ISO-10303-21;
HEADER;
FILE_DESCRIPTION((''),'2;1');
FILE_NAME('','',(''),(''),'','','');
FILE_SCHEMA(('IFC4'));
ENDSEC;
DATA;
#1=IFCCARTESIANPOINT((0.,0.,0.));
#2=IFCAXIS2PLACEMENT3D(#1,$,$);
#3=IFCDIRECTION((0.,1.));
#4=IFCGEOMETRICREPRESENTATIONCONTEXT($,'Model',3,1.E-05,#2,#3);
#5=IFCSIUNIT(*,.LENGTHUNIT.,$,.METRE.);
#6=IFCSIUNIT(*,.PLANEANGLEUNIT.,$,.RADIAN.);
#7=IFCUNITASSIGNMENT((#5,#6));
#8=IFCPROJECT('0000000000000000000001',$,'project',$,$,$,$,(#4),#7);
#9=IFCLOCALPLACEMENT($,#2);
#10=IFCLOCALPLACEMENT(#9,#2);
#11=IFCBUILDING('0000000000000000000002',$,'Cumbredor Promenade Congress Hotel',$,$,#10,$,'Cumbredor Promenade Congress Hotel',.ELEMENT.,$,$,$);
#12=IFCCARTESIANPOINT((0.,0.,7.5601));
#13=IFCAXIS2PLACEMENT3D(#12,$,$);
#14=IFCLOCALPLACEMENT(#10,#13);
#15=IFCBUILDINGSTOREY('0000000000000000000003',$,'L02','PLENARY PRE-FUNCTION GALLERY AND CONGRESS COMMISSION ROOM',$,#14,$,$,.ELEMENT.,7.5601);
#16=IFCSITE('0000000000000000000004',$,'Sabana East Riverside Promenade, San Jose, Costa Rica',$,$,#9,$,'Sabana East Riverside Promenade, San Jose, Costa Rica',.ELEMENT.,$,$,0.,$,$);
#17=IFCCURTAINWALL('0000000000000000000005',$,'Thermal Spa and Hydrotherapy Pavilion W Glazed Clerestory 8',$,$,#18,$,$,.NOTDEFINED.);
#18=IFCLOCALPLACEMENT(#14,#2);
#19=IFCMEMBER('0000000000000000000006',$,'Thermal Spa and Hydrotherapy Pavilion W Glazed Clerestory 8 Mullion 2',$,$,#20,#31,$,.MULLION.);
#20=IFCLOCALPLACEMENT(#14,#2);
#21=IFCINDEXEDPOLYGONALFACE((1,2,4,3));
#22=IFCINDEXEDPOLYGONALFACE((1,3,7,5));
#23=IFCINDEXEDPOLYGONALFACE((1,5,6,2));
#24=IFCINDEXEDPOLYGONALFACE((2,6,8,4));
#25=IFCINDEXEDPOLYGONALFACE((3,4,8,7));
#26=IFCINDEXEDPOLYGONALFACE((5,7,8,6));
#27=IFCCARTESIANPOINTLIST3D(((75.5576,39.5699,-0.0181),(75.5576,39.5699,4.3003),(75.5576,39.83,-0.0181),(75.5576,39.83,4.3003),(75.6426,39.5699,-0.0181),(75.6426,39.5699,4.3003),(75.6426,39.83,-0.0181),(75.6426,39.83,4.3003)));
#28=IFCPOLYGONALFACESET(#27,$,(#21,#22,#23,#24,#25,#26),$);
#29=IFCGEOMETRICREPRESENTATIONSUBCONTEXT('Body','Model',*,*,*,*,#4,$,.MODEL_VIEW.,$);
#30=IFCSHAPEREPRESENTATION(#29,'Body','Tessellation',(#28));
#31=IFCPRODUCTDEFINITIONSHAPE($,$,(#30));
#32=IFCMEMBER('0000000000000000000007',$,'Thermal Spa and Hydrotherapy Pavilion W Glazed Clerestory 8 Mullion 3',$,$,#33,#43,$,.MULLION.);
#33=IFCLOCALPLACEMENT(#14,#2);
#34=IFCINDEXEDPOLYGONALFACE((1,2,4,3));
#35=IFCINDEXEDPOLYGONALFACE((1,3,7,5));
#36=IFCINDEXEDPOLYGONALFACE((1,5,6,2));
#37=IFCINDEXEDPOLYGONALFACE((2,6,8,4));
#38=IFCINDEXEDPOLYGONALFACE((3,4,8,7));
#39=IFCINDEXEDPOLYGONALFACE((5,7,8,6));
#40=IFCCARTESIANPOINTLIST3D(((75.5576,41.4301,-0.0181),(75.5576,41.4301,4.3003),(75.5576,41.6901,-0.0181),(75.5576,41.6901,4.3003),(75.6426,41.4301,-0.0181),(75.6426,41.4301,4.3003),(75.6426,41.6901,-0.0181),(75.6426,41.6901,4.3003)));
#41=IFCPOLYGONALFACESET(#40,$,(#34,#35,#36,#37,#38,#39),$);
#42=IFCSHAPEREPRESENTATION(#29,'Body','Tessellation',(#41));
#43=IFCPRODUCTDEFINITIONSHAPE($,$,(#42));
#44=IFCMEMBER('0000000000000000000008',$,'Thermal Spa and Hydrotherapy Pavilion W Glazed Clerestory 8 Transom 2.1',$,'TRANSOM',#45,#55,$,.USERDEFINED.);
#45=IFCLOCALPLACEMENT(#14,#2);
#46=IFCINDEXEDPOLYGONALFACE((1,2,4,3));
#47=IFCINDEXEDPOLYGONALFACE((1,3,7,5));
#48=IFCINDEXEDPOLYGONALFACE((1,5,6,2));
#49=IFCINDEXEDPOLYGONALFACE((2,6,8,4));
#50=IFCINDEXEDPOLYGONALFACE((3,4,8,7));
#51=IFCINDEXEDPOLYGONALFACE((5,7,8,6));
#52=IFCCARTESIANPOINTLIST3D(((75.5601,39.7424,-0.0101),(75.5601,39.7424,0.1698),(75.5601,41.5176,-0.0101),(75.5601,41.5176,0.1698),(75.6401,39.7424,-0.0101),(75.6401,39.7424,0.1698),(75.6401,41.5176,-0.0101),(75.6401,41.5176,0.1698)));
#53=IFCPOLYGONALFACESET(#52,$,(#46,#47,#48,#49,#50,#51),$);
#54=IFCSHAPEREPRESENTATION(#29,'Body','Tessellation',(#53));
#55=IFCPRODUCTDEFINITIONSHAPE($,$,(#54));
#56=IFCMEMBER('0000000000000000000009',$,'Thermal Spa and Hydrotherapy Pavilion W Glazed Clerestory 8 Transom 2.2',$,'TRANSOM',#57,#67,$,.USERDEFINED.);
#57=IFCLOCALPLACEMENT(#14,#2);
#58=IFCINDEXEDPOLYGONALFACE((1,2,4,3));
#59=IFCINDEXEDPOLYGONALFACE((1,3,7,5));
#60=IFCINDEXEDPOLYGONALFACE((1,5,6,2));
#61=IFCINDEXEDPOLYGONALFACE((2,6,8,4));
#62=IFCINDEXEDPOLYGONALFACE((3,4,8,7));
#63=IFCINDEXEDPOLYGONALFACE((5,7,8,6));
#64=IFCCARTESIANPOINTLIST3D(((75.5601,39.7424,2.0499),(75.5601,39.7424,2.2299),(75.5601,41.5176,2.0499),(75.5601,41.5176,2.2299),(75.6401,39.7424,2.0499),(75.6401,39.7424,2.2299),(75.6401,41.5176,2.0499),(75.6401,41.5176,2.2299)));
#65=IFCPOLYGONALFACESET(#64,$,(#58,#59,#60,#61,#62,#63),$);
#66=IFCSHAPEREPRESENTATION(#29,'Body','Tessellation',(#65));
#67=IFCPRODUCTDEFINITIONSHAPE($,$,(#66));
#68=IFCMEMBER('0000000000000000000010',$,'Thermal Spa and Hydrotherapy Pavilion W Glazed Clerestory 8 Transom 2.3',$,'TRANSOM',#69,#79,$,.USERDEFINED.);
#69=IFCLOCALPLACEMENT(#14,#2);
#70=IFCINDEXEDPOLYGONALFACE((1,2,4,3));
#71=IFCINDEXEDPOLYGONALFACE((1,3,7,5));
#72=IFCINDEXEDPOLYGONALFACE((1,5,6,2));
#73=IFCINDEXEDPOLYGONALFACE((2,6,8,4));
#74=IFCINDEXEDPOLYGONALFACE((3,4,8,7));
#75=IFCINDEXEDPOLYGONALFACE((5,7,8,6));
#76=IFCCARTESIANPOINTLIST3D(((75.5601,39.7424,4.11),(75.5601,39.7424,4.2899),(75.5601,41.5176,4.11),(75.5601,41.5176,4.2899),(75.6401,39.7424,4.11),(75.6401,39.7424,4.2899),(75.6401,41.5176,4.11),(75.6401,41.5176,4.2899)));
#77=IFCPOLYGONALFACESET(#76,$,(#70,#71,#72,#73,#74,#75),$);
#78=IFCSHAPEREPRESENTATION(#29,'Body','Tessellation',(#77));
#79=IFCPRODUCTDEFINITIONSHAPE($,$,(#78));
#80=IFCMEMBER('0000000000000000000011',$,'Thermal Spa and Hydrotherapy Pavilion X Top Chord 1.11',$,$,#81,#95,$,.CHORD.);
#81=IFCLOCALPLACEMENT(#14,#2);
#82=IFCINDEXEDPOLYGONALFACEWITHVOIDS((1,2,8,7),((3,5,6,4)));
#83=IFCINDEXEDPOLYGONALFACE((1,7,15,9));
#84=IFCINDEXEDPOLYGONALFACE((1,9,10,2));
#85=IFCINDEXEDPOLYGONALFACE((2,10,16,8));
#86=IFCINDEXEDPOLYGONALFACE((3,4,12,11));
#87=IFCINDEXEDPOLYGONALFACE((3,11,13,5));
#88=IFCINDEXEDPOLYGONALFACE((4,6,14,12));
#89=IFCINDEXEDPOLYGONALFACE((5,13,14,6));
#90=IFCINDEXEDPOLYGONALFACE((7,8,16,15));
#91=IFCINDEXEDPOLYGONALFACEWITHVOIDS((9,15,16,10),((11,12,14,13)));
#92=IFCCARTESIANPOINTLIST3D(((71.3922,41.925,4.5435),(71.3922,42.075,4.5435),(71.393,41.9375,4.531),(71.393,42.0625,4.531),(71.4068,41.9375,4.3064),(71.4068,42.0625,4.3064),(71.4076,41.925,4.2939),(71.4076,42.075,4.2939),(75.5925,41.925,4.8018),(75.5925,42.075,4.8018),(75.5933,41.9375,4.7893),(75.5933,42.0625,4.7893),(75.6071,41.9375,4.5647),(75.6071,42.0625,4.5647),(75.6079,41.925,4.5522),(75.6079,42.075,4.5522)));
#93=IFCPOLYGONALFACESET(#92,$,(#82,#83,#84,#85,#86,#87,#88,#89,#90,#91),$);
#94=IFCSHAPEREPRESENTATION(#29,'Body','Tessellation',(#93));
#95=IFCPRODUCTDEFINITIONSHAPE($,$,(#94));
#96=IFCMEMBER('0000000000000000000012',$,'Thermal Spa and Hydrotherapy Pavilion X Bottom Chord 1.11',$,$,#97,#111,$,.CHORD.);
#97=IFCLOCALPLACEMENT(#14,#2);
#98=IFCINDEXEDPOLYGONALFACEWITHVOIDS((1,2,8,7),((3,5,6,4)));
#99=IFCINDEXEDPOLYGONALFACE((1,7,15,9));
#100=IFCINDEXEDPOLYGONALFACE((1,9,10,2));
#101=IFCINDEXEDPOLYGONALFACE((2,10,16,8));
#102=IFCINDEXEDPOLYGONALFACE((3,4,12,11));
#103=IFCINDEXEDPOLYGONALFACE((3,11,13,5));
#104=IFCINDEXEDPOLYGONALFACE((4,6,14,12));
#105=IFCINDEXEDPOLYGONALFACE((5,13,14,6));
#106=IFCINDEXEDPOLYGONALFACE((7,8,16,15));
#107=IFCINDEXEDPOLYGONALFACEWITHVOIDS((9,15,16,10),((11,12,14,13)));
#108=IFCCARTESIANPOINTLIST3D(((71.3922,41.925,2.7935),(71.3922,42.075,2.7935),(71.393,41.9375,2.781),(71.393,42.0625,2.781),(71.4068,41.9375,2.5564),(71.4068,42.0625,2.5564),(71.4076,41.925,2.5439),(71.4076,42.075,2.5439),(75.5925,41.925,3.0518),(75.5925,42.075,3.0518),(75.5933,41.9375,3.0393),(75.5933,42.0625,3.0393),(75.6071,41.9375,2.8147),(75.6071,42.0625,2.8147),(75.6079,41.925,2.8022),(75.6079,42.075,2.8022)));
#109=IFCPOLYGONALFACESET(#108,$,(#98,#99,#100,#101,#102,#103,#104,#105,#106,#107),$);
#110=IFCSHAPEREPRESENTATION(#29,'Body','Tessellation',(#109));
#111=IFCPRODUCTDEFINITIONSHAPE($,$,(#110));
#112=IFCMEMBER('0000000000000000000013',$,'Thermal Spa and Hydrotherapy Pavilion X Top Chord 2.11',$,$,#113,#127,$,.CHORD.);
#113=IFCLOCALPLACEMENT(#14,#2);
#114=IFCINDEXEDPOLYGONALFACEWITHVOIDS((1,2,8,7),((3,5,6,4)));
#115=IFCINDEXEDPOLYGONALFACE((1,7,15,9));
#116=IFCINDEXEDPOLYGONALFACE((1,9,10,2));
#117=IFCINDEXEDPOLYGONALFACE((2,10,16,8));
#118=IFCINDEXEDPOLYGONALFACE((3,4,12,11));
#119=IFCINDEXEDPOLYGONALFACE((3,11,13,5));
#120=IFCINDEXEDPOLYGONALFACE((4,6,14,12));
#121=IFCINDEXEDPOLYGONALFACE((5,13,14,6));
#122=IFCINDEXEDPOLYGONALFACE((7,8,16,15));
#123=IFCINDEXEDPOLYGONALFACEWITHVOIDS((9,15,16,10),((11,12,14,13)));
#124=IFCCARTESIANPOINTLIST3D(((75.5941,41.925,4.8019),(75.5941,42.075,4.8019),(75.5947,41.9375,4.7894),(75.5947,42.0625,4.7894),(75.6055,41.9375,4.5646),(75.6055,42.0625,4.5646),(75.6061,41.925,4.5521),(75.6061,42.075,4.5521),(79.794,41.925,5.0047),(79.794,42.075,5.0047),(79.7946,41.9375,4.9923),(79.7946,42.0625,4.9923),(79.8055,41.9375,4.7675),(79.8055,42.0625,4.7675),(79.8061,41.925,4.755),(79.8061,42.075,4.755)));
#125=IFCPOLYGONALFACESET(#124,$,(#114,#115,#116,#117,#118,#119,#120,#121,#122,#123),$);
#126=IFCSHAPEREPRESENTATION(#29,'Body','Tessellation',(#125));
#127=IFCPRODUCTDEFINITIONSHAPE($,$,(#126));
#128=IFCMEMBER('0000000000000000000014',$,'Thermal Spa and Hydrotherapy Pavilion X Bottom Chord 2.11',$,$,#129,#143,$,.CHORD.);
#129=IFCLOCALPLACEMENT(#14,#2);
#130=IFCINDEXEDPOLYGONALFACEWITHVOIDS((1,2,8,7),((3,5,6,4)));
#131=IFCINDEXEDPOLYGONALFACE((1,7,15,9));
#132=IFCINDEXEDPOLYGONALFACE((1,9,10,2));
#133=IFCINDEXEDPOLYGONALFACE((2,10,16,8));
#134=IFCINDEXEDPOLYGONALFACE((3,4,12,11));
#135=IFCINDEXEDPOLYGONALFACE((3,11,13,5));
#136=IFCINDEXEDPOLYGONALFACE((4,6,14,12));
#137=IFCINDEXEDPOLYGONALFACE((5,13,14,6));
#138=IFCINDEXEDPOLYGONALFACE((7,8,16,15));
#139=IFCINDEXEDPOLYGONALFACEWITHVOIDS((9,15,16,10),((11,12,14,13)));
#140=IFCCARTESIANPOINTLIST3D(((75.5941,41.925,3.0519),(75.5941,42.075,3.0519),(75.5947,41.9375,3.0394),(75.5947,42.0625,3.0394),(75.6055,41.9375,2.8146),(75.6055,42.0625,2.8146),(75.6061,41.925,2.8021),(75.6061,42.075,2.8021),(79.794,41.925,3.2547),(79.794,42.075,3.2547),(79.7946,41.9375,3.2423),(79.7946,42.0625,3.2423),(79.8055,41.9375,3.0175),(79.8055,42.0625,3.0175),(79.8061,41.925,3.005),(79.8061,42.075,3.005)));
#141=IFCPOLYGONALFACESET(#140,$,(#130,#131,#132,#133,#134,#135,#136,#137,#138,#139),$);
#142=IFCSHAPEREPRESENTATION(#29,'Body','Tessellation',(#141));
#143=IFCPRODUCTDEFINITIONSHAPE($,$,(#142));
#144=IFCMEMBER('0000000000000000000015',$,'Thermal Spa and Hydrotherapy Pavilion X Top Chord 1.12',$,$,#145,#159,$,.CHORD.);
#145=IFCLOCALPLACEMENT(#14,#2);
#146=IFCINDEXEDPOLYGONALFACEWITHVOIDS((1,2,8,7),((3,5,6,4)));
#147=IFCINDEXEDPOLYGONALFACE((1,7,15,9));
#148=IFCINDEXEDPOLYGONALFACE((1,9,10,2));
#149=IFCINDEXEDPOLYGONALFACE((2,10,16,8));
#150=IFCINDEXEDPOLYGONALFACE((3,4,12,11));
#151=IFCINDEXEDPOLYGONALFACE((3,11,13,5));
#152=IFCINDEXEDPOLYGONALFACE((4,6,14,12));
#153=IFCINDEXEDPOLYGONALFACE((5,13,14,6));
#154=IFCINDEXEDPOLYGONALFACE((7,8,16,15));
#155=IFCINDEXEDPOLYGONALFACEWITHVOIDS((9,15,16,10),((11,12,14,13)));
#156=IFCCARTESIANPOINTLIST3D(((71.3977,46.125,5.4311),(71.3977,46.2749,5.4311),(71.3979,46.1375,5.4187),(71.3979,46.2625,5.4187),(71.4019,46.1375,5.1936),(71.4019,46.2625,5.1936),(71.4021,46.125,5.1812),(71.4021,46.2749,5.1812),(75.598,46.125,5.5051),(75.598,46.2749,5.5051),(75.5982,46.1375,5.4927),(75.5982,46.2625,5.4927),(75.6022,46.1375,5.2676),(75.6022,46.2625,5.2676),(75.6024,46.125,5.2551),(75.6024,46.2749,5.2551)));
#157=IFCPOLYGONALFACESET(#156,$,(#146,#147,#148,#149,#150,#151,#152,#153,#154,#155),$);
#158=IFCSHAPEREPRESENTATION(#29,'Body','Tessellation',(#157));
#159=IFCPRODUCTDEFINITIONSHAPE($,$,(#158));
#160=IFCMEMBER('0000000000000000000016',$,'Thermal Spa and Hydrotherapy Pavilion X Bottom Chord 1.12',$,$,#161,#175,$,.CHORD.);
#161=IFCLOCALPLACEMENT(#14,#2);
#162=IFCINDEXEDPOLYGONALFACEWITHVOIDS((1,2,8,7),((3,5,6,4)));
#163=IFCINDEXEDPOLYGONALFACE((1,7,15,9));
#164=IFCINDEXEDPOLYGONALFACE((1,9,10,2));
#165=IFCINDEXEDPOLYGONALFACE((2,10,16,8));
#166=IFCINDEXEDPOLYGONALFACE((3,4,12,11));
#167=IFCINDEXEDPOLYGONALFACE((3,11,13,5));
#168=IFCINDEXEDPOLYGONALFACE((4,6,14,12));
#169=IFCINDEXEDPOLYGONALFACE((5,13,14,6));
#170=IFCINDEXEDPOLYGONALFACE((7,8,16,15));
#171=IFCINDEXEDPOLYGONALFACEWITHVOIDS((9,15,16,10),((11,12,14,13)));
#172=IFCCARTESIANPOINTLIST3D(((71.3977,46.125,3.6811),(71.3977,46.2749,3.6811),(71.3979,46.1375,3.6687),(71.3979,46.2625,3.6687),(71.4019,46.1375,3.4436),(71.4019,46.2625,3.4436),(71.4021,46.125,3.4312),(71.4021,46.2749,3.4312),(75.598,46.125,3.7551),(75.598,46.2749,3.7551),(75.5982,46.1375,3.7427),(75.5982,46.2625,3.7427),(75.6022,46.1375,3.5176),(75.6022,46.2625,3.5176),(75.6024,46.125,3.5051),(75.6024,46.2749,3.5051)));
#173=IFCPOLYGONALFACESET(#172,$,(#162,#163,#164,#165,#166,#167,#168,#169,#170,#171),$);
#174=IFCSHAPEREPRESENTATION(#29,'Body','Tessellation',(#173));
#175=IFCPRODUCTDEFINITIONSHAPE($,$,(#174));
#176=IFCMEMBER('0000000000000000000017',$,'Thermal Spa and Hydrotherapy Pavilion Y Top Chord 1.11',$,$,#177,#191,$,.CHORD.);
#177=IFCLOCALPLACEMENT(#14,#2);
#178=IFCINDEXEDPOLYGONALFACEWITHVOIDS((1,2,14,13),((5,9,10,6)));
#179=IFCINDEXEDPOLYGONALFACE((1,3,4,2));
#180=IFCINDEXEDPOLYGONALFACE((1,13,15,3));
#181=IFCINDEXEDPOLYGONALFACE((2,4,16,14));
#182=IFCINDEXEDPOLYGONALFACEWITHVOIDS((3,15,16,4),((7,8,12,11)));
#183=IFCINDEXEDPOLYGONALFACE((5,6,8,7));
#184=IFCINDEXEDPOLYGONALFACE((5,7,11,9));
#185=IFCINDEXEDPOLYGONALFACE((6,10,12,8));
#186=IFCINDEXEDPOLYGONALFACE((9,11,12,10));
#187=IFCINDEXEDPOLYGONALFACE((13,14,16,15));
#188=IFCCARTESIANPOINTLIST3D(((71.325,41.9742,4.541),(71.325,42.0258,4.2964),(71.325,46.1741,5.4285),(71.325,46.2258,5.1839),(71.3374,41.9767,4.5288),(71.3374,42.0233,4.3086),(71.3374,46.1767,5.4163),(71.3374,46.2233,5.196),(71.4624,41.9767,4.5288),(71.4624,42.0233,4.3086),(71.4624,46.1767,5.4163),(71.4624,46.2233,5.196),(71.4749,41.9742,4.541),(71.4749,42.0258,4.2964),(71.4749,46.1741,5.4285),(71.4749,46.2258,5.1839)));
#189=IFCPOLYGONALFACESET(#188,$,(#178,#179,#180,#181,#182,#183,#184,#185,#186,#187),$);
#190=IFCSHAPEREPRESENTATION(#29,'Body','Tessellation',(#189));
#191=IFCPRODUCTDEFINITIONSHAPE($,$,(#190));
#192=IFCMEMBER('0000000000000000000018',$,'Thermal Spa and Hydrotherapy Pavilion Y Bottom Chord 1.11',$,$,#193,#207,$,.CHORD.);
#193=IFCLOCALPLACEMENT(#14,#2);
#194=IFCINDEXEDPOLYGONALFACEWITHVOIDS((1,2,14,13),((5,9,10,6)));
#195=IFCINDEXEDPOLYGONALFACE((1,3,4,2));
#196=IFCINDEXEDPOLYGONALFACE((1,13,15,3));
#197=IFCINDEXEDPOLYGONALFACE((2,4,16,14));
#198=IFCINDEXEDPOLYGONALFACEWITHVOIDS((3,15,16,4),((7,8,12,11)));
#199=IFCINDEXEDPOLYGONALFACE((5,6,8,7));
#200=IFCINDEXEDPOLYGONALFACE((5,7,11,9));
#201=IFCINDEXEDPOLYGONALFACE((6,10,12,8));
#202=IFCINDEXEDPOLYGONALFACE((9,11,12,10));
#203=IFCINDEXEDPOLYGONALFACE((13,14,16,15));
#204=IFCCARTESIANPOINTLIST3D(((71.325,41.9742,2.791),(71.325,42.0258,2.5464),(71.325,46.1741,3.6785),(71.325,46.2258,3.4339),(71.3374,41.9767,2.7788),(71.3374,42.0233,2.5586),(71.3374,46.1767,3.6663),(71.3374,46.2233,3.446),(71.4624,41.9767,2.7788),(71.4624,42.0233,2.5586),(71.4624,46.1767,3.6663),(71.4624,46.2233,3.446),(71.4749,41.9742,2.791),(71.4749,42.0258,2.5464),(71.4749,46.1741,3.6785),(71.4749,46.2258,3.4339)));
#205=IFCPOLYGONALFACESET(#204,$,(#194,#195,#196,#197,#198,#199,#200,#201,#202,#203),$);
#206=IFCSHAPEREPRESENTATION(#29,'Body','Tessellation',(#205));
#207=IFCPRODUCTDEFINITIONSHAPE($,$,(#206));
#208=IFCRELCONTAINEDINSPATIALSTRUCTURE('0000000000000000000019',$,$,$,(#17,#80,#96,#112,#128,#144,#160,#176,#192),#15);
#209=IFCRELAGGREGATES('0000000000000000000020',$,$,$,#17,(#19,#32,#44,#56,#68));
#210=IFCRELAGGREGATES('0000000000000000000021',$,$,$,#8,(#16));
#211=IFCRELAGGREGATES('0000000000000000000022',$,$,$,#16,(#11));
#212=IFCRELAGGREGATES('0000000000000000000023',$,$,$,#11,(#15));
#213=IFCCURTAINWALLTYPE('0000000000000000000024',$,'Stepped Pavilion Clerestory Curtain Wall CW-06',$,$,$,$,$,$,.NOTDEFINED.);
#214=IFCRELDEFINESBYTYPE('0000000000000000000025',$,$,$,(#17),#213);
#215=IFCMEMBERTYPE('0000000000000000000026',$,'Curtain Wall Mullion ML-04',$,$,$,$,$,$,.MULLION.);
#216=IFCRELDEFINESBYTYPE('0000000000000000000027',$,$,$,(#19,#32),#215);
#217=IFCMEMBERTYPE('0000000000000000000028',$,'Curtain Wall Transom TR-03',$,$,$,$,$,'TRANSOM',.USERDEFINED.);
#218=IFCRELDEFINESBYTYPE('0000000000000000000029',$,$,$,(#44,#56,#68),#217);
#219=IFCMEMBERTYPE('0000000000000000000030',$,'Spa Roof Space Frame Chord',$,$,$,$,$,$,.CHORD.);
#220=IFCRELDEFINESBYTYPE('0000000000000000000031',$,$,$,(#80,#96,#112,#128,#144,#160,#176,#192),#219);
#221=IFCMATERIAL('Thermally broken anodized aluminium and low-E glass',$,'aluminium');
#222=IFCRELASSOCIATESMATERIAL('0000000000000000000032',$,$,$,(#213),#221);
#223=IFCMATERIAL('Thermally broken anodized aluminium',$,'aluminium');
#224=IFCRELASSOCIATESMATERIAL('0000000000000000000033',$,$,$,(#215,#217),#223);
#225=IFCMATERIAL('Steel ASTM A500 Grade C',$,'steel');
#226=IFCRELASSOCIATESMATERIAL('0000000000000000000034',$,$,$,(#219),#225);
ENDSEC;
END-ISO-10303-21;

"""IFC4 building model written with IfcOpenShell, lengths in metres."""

from ifc_helpers import new_model, si_unit, direction, frame, origin, origin_2d, place, context, subcontext, project, spatial, rectangle, hollow_rectangle, extrude, material, material_profile, profile_set, type_object, element, aggregate, save


model = new_model("IFC4")

# Units and contexts
model_context = context("Model", 3, precision=1e-05, world=origin(), true_north=direction((0.0, 1.0)))
body_context = subcontext(model_context, "Body", "Model", "MODEL_VIEW")
ifc_project = project(units=[si_unit("LENGTHUNIT", "METRE"), si_unit("PLANEANGLEUNIT", "RADIAN")], contexts=[model_context])

# Site, building, storey
site_placement = place(None, origin())
site = spatial("IfcSite", under=ifc_project, at=site_placement, Name="Sabana East Riverside Promenade, San Jose, Costa Rica", LongName="Sabana East Riverside Promenade, San Jose, Costa Rica", CompositionType="ELEMENT", RefElevation=0.0)
building_placement = place(site_placement, origin())
building = spatial("IfcBuilding", under=site, at=building_placement, Name="Cumbredor Promenade Congress Hotel", LongName="Cumbredor Promenade Congress Hotel", CompositionType="ELEMENT")
storey_placement = place(building_placement, frame((0.0, 0.0, 7.5601)))
storey = spatial("IfcBuildingStorey", under=building, at=storey_placement, Name="L02", Description="PLENARY PRE-FUNCTION GALLERY AND CONGRESS COMMISSION ROOM", CompositionType="ELEMENT", Elevation=7.5601)

# Curtain wall, members
ifc_material_1 = material(Name="Thermally broken anodized aluminium and low-E glass", Category="aluminium")
curtain_wall_type = type_object("IfcCurtainWallType", Name="Stepped Pavilion Clerestory Curtain Wall CW-06", PredefinedType="NOTDEFINED", material=ifc_material_1)
curtain_wall_placement = place(storey_placement, origin())
curtain_wall = element("IfcCurtainWall", 1, at=curtain_wall_placement, inside=storey, type_object=curtain_wall_type, Name="Thermal Spa and Hydrotherapy Pavilion W Glazed Clerestory 8", PredefinedType="NOTDEFINED")
ifc_material_2 = material(Name="Thermally broken anodized aluminium", Category="aluminium")
ifc_material_profile_1 = material_profile(ifc_material_2, rectangle(XDim=0.085, YDim=0.26, at=origin_2d()), Name="ALU MULLION CLERESTORY 85x260")
ifc_profile_set_1 = profile_set([ifc_material_profile_1], Name="Thermally broken anodized aluminium")
member_type_1 = type_object("IfcMemberType", Name="Curtain Wall Mullion ML-04", PredefinedType="MULLION", material=ifc_profile_set_1)
member_1_placement = place(storey_placement, frame((75.6001, 39.7, -0.0181), z_axis=(0.0, 0.0, 1.0), x_axis=(1.0, 0.0, 0.0)))
member_1 = element("IfcMember", 2, at=member_1_placement, type_object=member_type_1, Name="Thermal Spa and Hydrotherapy Pavilion W Glazed Clerestory 8 Mullion 2", PredefinedType="MULLION", context=body_context, shape_type="SweptSolid", body=[
    extrude(rectangle(XDim=0.085, YDim=0.26, at=origin_2d()), origin(), (0.0, 0.0, 1.0), 4.3184),
])
member_2_placement = place(storey_placement, frame((75.6001, 41.5601, -0.0181), z_axis=(0.0, 0.0, 1.0), x_axis=(1.0, 0.0, 0.0)))
member_2 = element("IfcMember", 3, at=member_2_placement, type_object=member_type_1, Name="Thermal Spa and Hydrotherapy Pavilion W Glazed Clerestory 8 Mullion 3", PredefinedType="MULLION", context=body_context, shape_type="SweptSolid", body=[
    extrude(rectangle(XDim=0.085, YDim=0.26, at=origin_2d()), origin(), (0.0, 0.0, 1.0), 4.3184),
])
ifc_material_profile_2 = material_profile(ifc_material_2, rectangle(XDim=0.0801, YDim=0.1799, at=origin_2d()), Name="ALU TRANSOM 80x180")
ifc_profile_set_2 = profile_set([ifc_material_profile_2], Name="Thermally broken anodized aluminium")
member_type_2 = type_object("IfcMemberType", Name="Curtain Wall Transom TR-03", ElementType="TRANSOM", PredefinedType="USERDEFINED", material=ifc_profile_set_2)
member_3_placement = place(storey_placement, frame((75.6001, 39.7424, 0.0798), z_axis=(0.0, 1.0, 0.0), x_axis=(-1.0, 0.0, 0.0)))
member_3 = element("IfcMember", 4, at=member_3_placement, type_object=member_type_2, Name="Thermal Spa and Hydrotherapy Pavilion W Glazed Clerestory 8 Transom 2.1", ObjectType="TRANSOM", PredefinedType="USERDEFINED", context=body_context, shape_type="SweptSolid", body=[
    extrude(rectangle(XDim=0.0801, YDim=0.1799, at=origin_2d()), origin(), (0.0, 0.0, 1.0), 1.7751),
])
member_4_placement = place(storey_placement, frame((75.6001, 39.7424, 2.1399), z_axis=(0.0, 1.0, 0.0), x_axis=(-1.0, 0.0, 0.0)))
member_4 = element("IfcMember", 5, at=member_4_placement, type_object=member_type_2, Name="Thermal Spa and Hydrotherapy Pavilion W Glazed Clerestory 8 Transom 2.2", ObjectType="TRANSOM", PredefinedType="USERDEFINED", context=body_context, shape_type="SweptSolid", body=[
    extrude(rectangle(XDim=0.0801, YDim=0.1799, at=origin_2d()), origin(), (0.0, 0.0, 1.0), 1.7751),
])
member_5_placement = place(storey_placement, frame((75.6001, 39.7424, 4.2), z_axis=(0.0, 1.0, 0.0), x_axis=(-1.0, 0.0, 0.0)))
member_5 = element("IfcMember", 6, at=member_5_placement, type_object=member_type_2, Name="Thermal Spa and Hydrotherapy Pavilion W Glazed Clerestory 8 Transom 2.3", ObjectType="TRANSOM", PredefinedType="USERDEFINED", context=body_context, shape_type="SweptSolid", body=[
    extrude(rectangle(XDim=0.0801, YDim=0.1799, at=origin_2d()), origin(), (0.0, 0.0, 1.0), 1.7751),
])

# Members
ifc_material_3 = material(Name="Steel ASTM A500 Grade C", Category="steel")
ifc_material_profile_3 = material_profile(ifc_material_3, hollow_rectangle(XDim=0.1499, YDim=0.25, WallThickness=0.0125, at=origin_2d()), Name="HSS 250x150x12.5")
ifc_profile_set_3 = profile_set([ifc_material_profile_3], Name="Steel ASTM A500 Grade C")
member_type_3 = type_object("IfcMemberType", Name="Spa Roof Space Frame Chord", PredefinedType="CHORD", material=ifc_profile_set_3)
for number, where, z_axis, x_axis, name in (
    (7, (71.3999, 42.0, 4.4187), (0.998114, 0.0, 0.061381), (0.0, 1.0, 0.0), "Thermal Spa and Hydrotherapy Pavilion X Top Chord 1.11"),
    (8, (71.3999, 42.0, 2.6687), (0.998114, 0.0, 0.061381), (0.0, 1.0, 0.0), "Thermal Spa and Hydrotherapy Pavilion X Bottom Chord 1.11"),
):
    element("IfcMember", number, at=place(storey_placement, frame(where, z_axis=z_axis, x_axis=x_axis)), inside=storey, type_object=member_type_3, Name=name, PredefinedType="CHORD", context=body_context, shape_type="SweptSolid", body=[
        extrude(hollow_rectangle(XDim=0.1499, YDim=0.25, WallThickness=0.0125, at=origin_2d()), origin(), (0.0, 0.0, 1.0), 4.2083),
    ])
for number, where, z_axis, x_axis, name in (
    (9, (75.6001, 42.0, 4.677), (0.998835, 0.0, 0.048249), (0.0, 1.0, 0.0), "Thermal Spa and Hydrotherapy Pavilion X Top Chord 2.11"),
    (10, (75.6001, 42.0, 2.927), (0.998835, 0.0, 0.048249), (0.0, 1.0, 0.0), "Thermal Spa and Hydrotherapy Pavilion X Bottom Chord 2.11"),
):
    element("IfcMember", number, at=place(storey_placement, frame(where, z_axis=z_axis, x_axis=x_axis)), inside=storey, type_object=member_type_3, Name=name, PredefinedType="CHORD", context=body_context, shape_type="SweptSolid", body=[
        extrude(hollow_rectangle(XDim=0.1499, YDim=0.25, WallThickness=0.0125, at=origin_2d()), origin(), (0.0, 0.0, 1.0), 4.2048),
    ])
for number, where, z_axis, x_axis, name in (
    (11, (71.3999, 46.2, 5.3062), (0.999845, 0.0, 0.017609), (0.0, 1.0, 0.0), "Thermal Spa and Hydrotherapy Pavilion X Top Chord 1.12"),
    (12, (71.3999, 46.2, 3.5562), (0.999845, 0.0, 0.017609), (0.0, 1.0, 0.0), "Thermal Spa and Hydrotherapy Pavilion X Bottom Chord 1.12"),
):
    element("IfcMember", number, at=place(storey_placement, frame(where, z_axis=z_axis, x_axis=x_axis)), inside=storey, type_object=member_type_3, Name=name, PredefinedType="CHORD", context=body_context, shape_type="SweptSolid", body=[
        extrude(hollow_rectangle(XDim=0.1499, YDim=0.25, WallThickness=0.0125, at=origin_2d()), origin(), (0.0, 0.0, 1.0), 4.2009),
    ])
for number, where, z_axis, x_axis, name in (
    (13, (71.3999, 42.0, 4.4187), (0.0, 0.978397, 0.206736), (-1.0, 0.0, 0.0), "Thermal Spa and Hydrotherapy Pavilion Y Top Chord 1.11"),
    (14, (71.3999, 42.0, 2.6687), (0.0, 0.978397, 0.206736), (-1.0, 0.0, 0.0), "Thermal Spa and Hydrotherapy Pavilion Y Bottom Chord 1.11"),
):
    element("IfcMember", number, at=place(storey_placement, frame(where, z_axis=z_axis, x_axis=x_axis)), inside=storey, type_object=member_type_3, Name=name, PredefinedType="CHORD", context=body_context, shape_type="SweptSolid", body=[
        extrude(hollow_rectangle(XDim=0.1499, YDim=0.25, WallThickness=0.0125, at=origin_2d()), origin(), (0.0, 0.0, 1.0), 4.2927),
    ])

aggregate(curtain_wall, [member_1, member_2, member_3, member_4, member_5])

save(model, "model.ifc")
